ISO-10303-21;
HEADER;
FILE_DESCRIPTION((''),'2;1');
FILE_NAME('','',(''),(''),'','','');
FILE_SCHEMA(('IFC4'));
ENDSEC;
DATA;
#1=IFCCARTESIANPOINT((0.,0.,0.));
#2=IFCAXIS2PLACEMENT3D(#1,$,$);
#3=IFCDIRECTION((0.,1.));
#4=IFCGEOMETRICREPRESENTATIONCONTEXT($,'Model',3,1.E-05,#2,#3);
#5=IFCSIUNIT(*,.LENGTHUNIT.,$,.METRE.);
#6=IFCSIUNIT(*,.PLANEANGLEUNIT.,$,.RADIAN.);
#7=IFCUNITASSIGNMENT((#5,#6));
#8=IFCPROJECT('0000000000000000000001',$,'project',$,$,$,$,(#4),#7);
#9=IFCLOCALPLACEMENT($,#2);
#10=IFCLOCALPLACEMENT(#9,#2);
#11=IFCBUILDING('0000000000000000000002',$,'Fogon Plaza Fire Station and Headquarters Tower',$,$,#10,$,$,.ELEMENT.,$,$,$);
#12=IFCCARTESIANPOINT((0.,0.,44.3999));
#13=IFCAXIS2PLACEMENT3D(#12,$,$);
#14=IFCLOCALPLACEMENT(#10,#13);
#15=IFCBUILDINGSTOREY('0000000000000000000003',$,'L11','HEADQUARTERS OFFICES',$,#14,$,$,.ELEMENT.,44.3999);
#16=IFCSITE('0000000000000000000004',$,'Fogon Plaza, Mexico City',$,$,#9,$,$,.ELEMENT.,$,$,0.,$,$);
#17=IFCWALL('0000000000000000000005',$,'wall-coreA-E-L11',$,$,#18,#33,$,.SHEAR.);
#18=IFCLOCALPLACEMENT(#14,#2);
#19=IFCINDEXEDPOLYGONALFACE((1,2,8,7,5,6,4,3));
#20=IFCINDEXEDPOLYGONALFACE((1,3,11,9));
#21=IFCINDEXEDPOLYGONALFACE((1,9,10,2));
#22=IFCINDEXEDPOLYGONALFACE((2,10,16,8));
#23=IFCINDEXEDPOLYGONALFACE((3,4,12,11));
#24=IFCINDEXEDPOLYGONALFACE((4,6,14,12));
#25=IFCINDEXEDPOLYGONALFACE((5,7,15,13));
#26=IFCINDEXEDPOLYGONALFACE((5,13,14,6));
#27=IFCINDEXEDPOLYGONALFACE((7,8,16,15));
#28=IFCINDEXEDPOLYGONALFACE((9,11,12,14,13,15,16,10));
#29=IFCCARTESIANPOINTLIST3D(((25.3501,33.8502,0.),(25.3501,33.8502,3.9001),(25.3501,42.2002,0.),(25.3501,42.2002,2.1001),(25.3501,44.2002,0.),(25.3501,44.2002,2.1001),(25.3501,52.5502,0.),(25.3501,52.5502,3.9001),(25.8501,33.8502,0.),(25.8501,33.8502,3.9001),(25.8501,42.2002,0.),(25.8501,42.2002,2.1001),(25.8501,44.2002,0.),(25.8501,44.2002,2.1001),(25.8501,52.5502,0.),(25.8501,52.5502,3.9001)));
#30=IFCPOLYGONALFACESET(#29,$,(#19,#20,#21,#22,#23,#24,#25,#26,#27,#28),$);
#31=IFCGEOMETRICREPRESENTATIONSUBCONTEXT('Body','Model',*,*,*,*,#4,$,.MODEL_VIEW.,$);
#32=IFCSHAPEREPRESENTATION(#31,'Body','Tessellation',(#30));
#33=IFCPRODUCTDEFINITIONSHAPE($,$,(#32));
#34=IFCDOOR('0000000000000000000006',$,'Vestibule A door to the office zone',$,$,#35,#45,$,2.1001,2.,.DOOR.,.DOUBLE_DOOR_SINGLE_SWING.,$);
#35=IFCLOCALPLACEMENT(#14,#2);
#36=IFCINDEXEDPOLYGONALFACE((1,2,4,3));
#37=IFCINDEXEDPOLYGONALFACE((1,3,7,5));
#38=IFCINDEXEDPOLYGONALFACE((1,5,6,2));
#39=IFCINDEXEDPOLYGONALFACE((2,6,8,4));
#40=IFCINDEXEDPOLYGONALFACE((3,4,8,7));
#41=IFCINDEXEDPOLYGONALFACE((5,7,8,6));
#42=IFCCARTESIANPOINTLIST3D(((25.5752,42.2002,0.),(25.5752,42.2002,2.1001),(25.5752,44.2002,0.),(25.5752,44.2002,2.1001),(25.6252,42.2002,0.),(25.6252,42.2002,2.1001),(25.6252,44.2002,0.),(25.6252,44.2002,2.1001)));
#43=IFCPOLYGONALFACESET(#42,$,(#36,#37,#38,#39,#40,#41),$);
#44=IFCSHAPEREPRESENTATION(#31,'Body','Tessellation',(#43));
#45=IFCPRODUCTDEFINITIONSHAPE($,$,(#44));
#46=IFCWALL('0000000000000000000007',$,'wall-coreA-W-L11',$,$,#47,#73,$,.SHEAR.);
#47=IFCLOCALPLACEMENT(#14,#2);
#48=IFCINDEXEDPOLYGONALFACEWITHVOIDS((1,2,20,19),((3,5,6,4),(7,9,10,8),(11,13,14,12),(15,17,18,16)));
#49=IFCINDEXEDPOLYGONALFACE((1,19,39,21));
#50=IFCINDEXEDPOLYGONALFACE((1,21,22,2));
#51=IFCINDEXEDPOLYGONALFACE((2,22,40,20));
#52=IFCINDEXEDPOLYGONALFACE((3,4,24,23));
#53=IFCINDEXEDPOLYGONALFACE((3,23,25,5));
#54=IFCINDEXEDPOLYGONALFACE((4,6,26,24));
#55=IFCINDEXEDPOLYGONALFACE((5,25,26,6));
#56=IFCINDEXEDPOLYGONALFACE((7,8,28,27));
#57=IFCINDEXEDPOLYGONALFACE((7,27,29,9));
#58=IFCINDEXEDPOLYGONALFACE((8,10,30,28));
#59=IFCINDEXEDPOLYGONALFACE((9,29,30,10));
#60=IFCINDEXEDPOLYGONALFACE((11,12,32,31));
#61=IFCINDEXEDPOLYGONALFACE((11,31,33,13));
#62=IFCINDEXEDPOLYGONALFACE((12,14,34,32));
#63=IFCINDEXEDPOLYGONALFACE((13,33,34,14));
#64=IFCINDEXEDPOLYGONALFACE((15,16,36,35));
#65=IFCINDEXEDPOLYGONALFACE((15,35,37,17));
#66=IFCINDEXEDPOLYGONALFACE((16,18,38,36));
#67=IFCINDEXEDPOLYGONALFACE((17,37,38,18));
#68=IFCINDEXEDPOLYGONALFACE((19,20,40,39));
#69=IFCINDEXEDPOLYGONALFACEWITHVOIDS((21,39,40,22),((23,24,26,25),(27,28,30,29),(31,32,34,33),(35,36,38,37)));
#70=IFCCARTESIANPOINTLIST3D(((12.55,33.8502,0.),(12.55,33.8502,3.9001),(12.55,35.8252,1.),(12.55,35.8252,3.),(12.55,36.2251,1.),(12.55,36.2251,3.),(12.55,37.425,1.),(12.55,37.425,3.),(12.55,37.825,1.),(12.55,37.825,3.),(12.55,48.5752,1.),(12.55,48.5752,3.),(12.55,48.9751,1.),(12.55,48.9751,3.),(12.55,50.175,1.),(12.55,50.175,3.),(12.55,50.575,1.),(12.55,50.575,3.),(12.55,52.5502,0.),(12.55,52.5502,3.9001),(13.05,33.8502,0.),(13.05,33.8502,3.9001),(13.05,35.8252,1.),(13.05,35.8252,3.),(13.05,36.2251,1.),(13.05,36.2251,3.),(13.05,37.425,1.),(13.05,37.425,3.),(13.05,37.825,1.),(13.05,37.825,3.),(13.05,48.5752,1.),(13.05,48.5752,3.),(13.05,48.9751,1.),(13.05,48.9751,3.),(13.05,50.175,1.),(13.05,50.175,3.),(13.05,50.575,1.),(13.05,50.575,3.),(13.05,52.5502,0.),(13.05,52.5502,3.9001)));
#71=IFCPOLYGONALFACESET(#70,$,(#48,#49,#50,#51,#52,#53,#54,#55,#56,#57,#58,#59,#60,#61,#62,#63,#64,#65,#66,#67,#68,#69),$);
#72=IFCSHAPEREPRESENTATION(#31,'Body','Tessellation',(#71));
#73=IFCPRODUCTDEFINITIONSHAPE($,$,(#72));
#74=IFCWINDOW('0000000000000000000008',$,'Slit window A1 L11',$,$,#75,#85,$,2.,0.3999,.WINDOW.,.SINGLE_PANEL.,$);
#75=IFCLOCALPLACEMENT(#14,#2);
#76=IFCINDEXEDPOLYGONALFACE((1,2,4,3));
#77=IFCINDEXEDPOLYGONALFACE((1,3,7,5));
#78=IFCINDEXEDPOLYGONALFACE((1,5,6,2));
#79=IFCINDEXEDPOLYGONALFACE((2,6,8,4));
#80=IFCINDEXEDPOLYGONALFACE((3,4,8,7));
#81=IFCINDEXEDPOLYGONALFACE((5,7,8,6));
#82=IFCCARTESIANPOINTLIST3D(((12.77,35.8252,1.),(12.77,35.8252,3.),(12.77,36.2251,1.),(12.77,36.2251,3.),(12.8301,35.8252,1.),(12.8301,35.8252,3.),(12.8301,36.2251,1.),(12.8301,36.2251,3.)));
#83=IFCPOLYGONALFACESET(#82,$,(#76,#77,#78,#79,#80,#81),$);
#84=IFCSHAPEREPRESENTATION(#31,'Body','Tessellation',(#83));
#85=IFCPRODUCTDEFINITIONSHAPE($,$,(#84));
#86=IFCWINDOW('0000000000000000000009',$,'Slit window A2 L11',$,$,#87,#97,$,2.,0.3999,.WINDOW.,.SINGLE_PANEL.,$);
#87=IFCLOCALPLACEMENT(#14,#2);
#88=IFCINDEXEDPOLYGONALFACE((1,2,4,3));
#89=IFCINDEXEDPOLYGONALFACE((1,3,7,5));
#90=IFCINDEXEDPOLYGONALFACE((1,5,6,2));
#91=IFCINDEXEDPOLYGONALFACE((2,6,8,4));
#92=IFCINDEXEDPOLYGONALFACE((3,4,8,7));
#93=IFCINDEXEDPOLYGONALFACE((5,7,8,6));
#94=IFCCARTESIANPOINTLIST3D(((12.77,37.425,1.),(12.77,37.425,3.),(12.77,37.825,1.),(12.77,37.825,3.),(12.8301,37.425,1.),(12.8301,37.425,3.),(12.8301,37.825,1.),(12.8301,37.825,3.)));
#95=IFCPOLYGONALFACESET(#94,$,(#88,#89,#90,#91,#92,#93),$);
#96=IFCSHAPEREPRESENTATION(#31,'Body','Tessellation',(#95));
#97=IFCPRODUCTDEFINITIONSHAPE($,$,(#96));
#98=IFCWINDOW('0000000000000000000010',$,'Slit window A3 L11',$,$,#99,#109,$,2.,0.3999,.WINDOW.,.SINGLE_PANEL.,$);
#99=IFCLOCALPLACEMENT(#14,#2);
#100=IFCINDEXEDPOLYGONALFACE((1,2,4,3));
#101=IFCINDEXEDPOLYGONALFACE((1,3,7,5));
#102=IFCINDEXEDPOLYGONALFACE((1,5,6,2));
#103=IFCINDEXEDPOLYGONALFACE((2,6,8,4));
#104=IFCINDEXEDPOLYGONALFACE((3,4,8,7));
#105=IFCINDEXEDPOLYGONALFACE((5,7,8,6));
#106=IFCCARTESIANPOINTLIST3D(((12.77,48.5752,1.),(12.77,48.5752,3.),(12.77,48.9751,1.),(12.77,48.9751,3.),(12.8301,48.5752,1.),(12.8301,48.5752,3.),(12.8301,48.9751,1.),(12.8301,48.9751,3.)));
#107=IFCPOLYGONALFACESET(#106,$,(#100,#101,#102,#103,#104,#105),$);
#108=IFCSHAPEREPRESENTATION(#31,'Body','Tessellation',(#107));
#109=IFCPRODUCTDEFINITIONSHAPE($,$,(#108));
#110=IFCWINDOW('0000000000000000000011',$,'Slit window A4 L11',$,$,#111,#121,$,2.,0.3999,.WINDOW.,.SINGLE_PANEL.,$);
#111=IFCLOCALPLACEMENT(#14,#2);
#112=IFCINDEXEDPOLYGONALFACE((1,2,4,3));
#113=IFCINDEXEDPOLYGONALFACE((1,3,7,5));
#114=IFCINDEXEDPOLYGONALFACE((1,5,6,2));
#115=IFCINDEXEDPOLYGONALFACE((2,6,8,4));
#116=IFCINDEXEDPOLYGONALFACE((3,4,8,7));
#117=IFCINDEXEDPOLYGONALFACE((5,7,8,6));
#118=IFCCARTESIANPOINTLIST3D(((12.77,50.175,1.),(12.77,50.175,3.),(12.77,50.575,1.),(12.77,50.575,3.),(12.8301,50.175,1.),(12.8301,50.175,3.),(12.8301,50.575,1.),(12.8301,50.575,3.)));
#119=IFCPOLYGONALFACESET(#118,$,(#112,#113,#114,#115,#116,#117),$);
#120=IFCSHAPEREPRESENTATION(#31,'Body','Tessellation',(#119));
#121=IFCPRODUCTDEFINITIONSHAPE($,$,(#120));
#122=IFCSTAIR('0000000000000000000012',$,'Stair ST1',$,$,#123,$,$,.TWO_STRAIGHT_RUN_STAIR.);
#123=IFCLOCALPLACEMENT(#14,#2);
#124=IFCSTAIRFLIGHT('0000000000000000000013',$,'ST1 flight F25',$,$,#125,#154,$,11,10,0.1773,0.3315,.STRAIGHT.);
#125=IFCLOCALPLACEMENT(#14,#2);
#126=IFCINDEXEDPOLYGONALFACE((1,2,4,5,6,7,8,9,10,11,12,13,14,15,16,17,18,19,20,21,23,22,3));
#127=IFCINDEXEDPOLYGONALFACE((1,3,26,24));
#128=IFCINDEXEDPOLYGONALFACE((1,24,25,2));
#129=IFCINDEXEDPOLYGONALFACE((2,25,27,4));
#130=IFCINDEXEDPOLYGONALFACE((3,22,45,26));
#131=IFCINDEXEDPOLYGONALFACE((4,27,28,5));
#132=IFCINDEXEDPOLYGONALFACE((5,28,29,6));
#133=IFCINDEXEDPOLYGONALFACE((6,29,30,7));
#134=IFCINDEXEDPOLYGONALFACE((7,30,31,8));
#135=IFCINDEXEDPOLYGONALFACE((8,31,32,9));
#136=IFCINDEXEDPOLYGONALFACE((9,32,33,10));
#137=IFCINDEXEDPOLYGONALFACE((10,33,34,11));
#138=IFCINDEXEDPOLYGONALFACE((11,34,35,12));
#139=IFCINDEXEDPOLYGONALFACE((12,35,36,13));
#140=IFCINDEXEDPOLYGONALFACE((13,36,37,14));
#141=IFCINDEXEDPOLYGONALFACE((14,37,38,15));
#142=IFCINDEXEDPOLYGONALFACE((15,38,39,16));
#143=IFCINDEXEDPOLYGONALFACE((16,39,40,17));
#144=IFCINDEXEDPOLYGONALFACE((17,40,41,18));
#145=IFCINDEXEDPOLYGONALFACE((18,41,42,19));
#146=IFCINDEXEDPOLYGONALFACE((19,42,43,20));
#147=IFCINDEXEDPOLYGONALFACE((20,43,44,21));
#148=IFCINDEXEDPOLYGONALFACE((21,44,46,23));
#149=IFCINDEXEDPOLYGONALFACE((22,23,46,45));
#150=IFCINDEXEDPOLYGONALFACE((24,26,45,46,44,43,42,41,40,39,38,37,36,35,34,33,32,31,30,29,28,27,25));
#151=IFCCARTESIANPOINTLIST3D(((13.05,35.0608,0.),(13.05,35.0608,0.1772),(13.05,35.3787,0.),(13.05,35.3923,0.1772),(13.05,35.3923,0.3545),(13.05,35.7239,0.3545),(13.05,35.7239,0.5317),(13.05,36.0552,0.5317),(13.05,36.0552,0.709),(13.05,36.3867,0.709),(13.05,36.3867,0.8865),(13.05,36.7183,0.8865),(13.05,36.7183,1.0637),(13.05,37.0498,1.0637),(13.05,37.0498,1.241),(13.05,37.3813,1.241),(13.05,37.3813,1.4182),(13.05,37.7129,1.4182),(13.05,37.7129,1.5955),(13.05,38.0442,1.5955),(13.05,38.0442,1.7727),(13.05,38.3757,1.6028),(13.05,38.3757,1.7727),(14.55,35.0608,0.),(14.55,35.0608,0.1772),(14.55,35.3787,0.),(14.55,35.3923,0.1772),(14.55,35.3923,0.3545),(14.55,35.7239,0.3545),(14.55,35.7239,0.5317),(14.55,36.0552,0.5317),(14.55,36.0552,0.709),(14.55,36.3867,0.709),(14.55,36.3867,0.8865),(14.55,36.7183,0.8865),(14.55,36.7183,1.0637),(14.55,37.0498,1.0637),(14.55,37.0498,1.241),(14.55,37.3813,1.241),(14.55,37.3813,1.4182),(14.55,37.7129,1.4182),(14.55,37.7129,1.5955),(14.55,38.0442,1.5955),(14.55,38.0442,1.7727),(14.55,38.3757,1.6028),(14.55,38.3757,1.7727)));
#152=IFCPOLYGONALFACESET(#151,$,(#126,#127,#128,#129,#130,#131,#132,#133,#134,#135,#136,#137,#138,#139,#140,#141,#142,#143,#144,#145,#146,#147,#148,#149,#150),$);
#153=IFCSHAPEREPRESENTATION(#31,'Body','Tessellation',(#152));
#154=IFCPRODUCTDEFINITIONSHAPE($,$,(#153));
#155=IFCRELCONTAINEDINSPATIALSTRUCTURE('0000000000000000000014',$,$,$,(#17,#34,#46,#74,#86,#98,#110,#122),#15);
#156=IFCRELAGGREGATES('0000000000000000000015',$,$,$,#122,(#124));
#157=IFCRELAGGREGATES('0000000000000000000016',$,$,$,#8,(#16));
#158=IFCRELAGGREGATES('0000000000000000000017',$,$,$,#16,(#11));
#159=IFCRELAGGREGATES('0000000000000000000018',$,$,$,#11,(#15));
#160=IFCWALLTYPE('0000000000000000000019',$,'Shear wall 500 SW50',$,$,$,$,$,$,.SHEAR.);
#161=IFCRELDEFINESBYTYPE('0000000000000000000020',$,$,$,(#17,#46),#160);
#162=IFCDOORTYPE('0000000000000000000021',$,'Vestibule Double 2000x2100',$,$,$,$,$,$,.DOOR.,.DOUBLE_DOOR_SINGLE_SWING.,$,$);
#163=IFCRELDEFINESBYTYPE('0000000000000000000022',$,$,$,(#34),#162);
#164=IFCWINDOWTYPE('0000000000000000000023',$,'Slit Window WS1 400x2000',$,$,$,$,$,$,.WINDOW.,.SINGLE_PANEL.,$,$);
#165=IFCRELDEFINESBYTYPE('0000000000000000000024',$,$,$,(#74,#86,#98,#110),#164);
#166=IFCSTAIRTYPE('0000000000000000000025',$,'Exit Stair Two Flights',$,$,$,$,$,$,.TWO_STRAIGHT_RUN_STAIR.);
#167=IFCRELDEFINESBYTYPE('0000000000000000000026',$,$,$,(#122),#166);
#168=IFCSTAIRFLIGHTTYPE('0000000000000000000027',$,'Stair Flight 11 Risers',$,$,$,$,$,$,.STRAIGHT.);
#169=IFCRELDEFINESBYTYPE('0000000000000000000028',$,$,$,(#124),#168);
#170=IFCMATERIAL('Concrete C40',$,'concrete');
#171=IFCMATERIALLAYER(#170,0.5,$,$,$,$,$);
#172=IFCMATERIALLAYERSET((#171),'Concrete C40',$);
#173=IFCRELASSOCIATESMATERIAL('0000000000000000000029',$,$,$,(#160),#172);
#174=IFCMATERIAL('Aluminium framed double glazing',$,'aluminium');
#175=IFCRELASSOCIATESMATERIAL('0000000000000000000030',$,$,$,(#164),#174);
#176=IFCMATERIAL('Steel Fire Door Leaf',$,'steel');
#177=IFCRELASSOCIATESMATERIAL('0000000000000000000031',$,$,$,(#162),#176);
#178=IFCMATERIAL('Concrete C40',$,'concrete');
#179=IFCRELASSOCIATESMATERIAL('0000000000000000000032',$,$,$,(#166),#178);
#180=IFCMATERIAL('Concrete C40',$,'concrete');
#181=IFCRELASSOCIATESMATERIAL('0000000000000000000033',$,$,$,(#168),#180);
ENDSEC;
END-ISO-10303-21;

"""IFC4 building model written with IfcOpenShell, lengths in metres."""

from ifc_helpers import new_model, si_unit, direction, frame, frame_2d, origin, place, context, subcontext, project, spatial, polyline, rectangle, outline, extrude, material, layer, layer_set, type_object, element, fill, aggregate, save


model = new_model("IFC4")

# Units and contexts
model_context = context("Model", 3, precision=1e-05, world=origin(), true_north=direction((0.0, 1.0)))
body_context = subcontext(model_context, "Body", "Model", "MODEL_VIEW")
ifc_project = project(units=[si_unit("LENGTHUNIT", "METRE"), si_unit("PLANEANGLEUNIT", "RADIAN")], contexts=[model_context])

# Site, building, storey
site_placement = place(None, origin())
site = spatial("IfcSite", under=ifc_project, at=site_placement, Name="Fogon Plaza, Mexico City", CompositionType="ELEMENT", RefElevation=0.0)
building_placement = place(site_placement, origin())
building = spatial("IfcBuilding", under=site, at=building_placement, Name="Fogon Plaza Fire Station and Headquarters Tower", CompositionType="ELEMENT")
storey_placement = place(building_placement, frame((0.0, 0.0, 44.3999)))
storey = spatial("IfcBuildingStorey", under=building, at=storey_placement, Name="L11", Description="HEADQUARTERS OFFICES", CompositionType="ELEMENT", Elevation=44.3999)

# Shared definitions
ifc_material_1 = material(Name="Concrete C40", Category="concrete")
ifc_layer_1 = layer(ifc_material_1, 0.5)
ifc_layer_set_1 = layer_set([ifc_layer_1], Name="Concrete C40")
wall_type_1 = type_object("IfcWallType", Name="Shear wall 500 SW50", PredefinedType="SHEAR", material=ifc_layer_set_1)
ifc_material_2 = material(Name="Aluminium framed double glazing", Category="aluminium")
window_type = type_object("IfcWindowType", Name="Slit Window WS1 400x2000", PartitioningType="SINGLE_PANEL", PredefinedType="WINDOW", material=ifc_material_2)

# Wall, opening, door
wall_1_placement = place(storey_placement, frame((25.6001, 33.8501, 0.0), z_axis=(0.0, 0.0, 1.0), x_axis=(0.0, 1.0, 0.0)))
wall_1 = element("IfcWall", 1, at=wall_1_placement, inside=storey, type_object=wall_type_1, Name="wall-coreA-E-L11", PredefinedType="SHEAR", context=body_context, shape_type="SweptSolid", body=[
    extrude(rectangle(XDim=18.7, YDim=0.5, at=frame_2d((9.3501, 0.0))), origin(), (0.0, 0.0, 1.0), 3.9001),
])
opening_1_placement = place(wall_1_placement, frame((8.3501, 0.0, 0.0)))
opening_1 = element("IfcOpeningElement", 2, at=opening_1_placement, cuts=wall_1, PredefinedType="OPENING", context=body_context, shape_type="SweptSolid", body=[
    extrude(rectangle(XDim=2.0, YDim=2.1001, at=frame_2d((1.0, 1.05))), frame((0.0, 0.26, 0.0), z_axis=(0.0, -1.0, 0.0), x_axis=(1.0, 0.0, 0.0)), (0.0, 0.0, 1.0), 0.52),
])
ifc_material_3 = material(Name="Steel Fire Door Leaf", Category="steel")
door_type_1 = type_object("IfcDoorType", Name="Vestibule Double 2000x2100", OperationType="DOUBLE_DOOR_SINGLE_SWING", PredefinedType="DOOR", material=ifc_material_3)
door_1_placement = place(opening_1_placement, origin())
door_1 = element("IfcDoor", 3, at=door_1_placement, inside=storey, type_object=door_type_1, Name="Vestibule A door to the office zone", OperationType="DOUBLE_DOOR_SINGLE_SWING", OverallHeight=2.1001, OverallWidth=2.0, PredefinedType="DOOR", context=body_context, shape_type="SweptSolid", body=[
    extrude(rectangle(XDim=2.0, YDim=2.1001, at=frame_2d((1.0, 1.05))), frame((0.0, 0.0249, 0.0), z_axis=(0.0, -1.0, 0.0), x_axis=(1.0, 0.0, 0.0)), (0.0, 0.0, 1.0), 0.05),
])
fill(opening_1, door_1)

# Wall, openings, windows
wall_2_placement = place(storey_placement, frame((12.8, 33.8501, 0.0), z_axis=(0.0, 0.0, 1.0), x_axis=(0.0, 1.0, 0.0)))
wall_2 = element("IfcWall", 4, at=wall_2_placement, inside=storey, type_object=wall_type_1, Name="wall-coreA-W-L11", PredefinedType="SHEAR", context=body_context, shape_type="SweptSolid", body=[
    extrude(rectangle(XDim=18.7, YDim=0.5, at=frame_2d((9.3501, 0.0))), origin(), (0.0, 0.0, 1.0), 3.9001),
])
opening_2_placement = place(wall_2_placement, frame((1.9751, 0.0, 1.0)))
opening_2 = element("IfcOpeningElement", 5, at=opening_2_placement, cuts=wall_2, PredefinedType="OPENING", context=body_context, shape_type="SweptSolid", body=[
    extrude(rectangle(XDim=0.3999, YDim=2.0, at=frame_2d((0.2, 1.0))), frame((0.0, 0.26, 0.0), z_axis=(0.0, -1.0, 0.0), x_axis=(1.0, 0.0, 0.0)), (0.0, 0.0, 1.0), 0.52),
])
opening_3_placement = place(wall_2_placement, frame((3.575, 0.0, 1.0)))
opening_3 = element("IfcOpeningElement", 6, at=opening_3_placement, cuts=wall_2, PredefinedType="OPENING", context=body_context, shape_type="SweptSolid", body=[
    extrude(rectangle(XDim=0.3999, YDim=2.0, at=frame_2d((0.2, 1.0))), frame((0.0, 0.26, 0.0), z_axis=(0.0, -1.0, 0.0), x_axis=(1.0, 0.0, 0.0)), (0.0, 0.0, 1.0), 0.52),
])
opening_4_placement = place(wall_2_placement, frame((14.7251, 0.0, 1.0)))
opening_4 = element("IfcOpeningElement", 7, at=opening_4_placement, cuts=wall_2, PredefinedType="OPENING", context=body_context, shape_type="SweptSolid", body=[
    extrude(rectangle(XDim=0.3999, YDim=2.0, at=frame_2d((0.2, 1.0))), frame((0.0, 0.26, 0.0), z_axis=(0.0, -1.0, 0.0), x_axis=(1.0, 0.0, 0.0)), (0.0, 0.0, 1.0), 0.52),
])
opening_5_placement = place(wall_2_placement, frame((16.325, 0.0, 1.0)))
opening_5 = element("IfcOpeningElement", 8, at=opening_5_placement, cuts=wall_2, PredefinedType="OPENING", context=body_context, shape_type="SweptSolid", body=[
    extrude(rectangle(XDim=0.3999, YDim=2.0, at=frame_2d((0.2, 1.0))), frame((0.0, 0.26, 0.0), z_axis=(0.0, -1.0, 0.0), x_axis=(1.0, 0.0, 0.0)), (0.0, 0.0, 1.0), 0.52),
])
window_1_placement = place(opening_2_placement, origin())
window_1 = element("IfcWindow", 9, at=window_1_placement, inside=storey, type_object=window_type, Name="Slit window A1 L11", OverallHeight=2.0, OverallWidth=0.3999, PartitioningType="SINGLE_PANEL", PredefinedType="WINDOW", context=body_context, shape_type="SweptSolid", body=[
    extrude(rectangle(XDim=0.3999, YDim=2.0, at=frame_2d((0.2, 1.0))), frame((0.0, 0.03, 0.0), z_axis=(0.0, -1.0, 0.0), x_axis=(1.0, 0.0, 0.0)), (0.0, 0.0, 1.0), 0.0601),
])
fill(opening_2, window_1)
window_2_placement = place(opening_3_placement, origin())
window_2 = element("IfcWindow", 10, at=window_2_placement, inside=storey, type_object=window_type, Name="Slit window A2 L11", OverallHeight=2.0, OverallWidth=0.3999, PartitioningType="SINGLE_PANEL", PredefinedType="WINDOW", context=body_context, shape_type="SweptSolid", body=[
    extrude(rectangle(XDim=0.3999, YDim=2.0, at=frame_2d((0.2, 1.0))), frame((0.0, 0.03, 0.0), z_axis=(0.0, -1.0, 0.0), x_axis=(1.0, 0.0, 0.0)), (0.0, 0.0, 1.0), 0.0601),
])
fill(opening_3, window_2)
window_3_placement = place(opening_4_placement, origin())
window_3 = element("IfcWindow", 11, at=window_3_placement, inside=storey, type_object=window_type, Name="Slit window A3 L11", OverallHeight=2.0, OverallWidth=0.3999, PartitioningType="SINGLE_PANEL", PredefinedType="WINDOW", context=body_context, shape_type="SweptSolid", body=[
    extrude(rectangle(XDim=0.3999, YDim=2.0, at=frame_2d((0.2, 1.0))), frame((0.0, 0.03, 0.0), z_axis=(0.0, -1.0, 0.0), x_axis=(1.0, 0.0, 0.0)), (0.0, 0.0, 1.0), 0.0601),
])
fill(opening_4, window_3)
window_4_placement = place(opening_5_placement, origin())
window_4 = element("IfcWindow", 12, at=window_4_placement, inside=storey, type_object=window_type, Name="Slit window A4 L11", OverallHeight=2.0, OverallWidth=0.3999, PartitioningType="SINGLE_PANEL", PredefinedType="WINDOW", context=body_context, shape_type="SweptSolid", body=[
    extrude(rectangle(XDim=0.3999, YDim=2.0, at=frame_2d((0.2, 1.0))), frame((0.0, 0.03, 0.0), z_axis=(0.0, -1.0, 0.0), x_axis=(1.0, 0.0, 0.0)), (0.0, 0.0, 1.0), 0.0601),
])
fill(opening_5, window_4)

# Stair, stair flight
ifc_material_4 = material(Name="Concrete C40", Category="concrete")
stair_type = type_object("IfcStairType", Name="Exit Stair Two Flights", PredefinedType="TWO_STRAIGHT_RUN_STAIR", material=ifc_material_4)
stair_placement = place(storey_placement, origin())
stair = element("IfcStair", 13, at=stair_placement, inside=storey, type_object=stair_type, Name="Stair ST1", PredefinedType="TWO_STRAIGHT_RUN_STAIR")
ifc_material_5 = material(Name="Concrete C40", Category="concrete")
stair_flight_type = type_object("IfcStairFlightType", Name="Stair Flight 11 Risers", PredefinedType="STRAIGHT", material=ifc_material_5)
stair_flight_placement = place(storey_placement, frame((13.8, 35.0608, 0.0), z_axis=(0.0, 0.0, 1.0), x_axis=(0.0, 1.0, 0.0)))
stair_flight = element("IfcStairFlight", 14, at=stair_flight_placement, type_object=stair_flight_type, Name="ST1 flight F25", NumberOfRisers=11, NumberOfTreads=10, PredefinedType="STRAIGHT", RiserHeight=0.1773, TreadLength=0.3315, context=body_context, shape_type="SweptSolid", body=[
    extrude(outline(polyline([(0.0, 0.0), (0.0, 0.1772), (0.3315, 0.1772), (0.3315, 0.3545), (0.6631, 0.3545), (0.6631, 0.5317), (0.9944, 0.5317), (0.9944, 0.709), (1.3259, 0.709), (1.3259, 0.8865), (1.6575, 0.8865), (1.6575, 1.0637), (1.989, 1.0637), (1.989, 1.241), (2.3206, 1.241), (2.3206, 1.4182), (2.6521, 1.4182), (2.6521, 1.5955), (2.9834, 1.5955), (2.9834, 1.7727), (3.3149, 1.7727), (3.3149, 1.95), (3.3149, 1.6028), (0.3179, 0.0), (0.0, 0.0)])), frame((0.0, 0.75, 0.0), z_axis=(0.0, -1.0, 0.0), x_axis=(1.0, 0.0, 0.0)), (0.0, 0.0, 1.0), 1.5),
])
aggregate(stair, [stair_flight])

save(model, "model.ifc")
